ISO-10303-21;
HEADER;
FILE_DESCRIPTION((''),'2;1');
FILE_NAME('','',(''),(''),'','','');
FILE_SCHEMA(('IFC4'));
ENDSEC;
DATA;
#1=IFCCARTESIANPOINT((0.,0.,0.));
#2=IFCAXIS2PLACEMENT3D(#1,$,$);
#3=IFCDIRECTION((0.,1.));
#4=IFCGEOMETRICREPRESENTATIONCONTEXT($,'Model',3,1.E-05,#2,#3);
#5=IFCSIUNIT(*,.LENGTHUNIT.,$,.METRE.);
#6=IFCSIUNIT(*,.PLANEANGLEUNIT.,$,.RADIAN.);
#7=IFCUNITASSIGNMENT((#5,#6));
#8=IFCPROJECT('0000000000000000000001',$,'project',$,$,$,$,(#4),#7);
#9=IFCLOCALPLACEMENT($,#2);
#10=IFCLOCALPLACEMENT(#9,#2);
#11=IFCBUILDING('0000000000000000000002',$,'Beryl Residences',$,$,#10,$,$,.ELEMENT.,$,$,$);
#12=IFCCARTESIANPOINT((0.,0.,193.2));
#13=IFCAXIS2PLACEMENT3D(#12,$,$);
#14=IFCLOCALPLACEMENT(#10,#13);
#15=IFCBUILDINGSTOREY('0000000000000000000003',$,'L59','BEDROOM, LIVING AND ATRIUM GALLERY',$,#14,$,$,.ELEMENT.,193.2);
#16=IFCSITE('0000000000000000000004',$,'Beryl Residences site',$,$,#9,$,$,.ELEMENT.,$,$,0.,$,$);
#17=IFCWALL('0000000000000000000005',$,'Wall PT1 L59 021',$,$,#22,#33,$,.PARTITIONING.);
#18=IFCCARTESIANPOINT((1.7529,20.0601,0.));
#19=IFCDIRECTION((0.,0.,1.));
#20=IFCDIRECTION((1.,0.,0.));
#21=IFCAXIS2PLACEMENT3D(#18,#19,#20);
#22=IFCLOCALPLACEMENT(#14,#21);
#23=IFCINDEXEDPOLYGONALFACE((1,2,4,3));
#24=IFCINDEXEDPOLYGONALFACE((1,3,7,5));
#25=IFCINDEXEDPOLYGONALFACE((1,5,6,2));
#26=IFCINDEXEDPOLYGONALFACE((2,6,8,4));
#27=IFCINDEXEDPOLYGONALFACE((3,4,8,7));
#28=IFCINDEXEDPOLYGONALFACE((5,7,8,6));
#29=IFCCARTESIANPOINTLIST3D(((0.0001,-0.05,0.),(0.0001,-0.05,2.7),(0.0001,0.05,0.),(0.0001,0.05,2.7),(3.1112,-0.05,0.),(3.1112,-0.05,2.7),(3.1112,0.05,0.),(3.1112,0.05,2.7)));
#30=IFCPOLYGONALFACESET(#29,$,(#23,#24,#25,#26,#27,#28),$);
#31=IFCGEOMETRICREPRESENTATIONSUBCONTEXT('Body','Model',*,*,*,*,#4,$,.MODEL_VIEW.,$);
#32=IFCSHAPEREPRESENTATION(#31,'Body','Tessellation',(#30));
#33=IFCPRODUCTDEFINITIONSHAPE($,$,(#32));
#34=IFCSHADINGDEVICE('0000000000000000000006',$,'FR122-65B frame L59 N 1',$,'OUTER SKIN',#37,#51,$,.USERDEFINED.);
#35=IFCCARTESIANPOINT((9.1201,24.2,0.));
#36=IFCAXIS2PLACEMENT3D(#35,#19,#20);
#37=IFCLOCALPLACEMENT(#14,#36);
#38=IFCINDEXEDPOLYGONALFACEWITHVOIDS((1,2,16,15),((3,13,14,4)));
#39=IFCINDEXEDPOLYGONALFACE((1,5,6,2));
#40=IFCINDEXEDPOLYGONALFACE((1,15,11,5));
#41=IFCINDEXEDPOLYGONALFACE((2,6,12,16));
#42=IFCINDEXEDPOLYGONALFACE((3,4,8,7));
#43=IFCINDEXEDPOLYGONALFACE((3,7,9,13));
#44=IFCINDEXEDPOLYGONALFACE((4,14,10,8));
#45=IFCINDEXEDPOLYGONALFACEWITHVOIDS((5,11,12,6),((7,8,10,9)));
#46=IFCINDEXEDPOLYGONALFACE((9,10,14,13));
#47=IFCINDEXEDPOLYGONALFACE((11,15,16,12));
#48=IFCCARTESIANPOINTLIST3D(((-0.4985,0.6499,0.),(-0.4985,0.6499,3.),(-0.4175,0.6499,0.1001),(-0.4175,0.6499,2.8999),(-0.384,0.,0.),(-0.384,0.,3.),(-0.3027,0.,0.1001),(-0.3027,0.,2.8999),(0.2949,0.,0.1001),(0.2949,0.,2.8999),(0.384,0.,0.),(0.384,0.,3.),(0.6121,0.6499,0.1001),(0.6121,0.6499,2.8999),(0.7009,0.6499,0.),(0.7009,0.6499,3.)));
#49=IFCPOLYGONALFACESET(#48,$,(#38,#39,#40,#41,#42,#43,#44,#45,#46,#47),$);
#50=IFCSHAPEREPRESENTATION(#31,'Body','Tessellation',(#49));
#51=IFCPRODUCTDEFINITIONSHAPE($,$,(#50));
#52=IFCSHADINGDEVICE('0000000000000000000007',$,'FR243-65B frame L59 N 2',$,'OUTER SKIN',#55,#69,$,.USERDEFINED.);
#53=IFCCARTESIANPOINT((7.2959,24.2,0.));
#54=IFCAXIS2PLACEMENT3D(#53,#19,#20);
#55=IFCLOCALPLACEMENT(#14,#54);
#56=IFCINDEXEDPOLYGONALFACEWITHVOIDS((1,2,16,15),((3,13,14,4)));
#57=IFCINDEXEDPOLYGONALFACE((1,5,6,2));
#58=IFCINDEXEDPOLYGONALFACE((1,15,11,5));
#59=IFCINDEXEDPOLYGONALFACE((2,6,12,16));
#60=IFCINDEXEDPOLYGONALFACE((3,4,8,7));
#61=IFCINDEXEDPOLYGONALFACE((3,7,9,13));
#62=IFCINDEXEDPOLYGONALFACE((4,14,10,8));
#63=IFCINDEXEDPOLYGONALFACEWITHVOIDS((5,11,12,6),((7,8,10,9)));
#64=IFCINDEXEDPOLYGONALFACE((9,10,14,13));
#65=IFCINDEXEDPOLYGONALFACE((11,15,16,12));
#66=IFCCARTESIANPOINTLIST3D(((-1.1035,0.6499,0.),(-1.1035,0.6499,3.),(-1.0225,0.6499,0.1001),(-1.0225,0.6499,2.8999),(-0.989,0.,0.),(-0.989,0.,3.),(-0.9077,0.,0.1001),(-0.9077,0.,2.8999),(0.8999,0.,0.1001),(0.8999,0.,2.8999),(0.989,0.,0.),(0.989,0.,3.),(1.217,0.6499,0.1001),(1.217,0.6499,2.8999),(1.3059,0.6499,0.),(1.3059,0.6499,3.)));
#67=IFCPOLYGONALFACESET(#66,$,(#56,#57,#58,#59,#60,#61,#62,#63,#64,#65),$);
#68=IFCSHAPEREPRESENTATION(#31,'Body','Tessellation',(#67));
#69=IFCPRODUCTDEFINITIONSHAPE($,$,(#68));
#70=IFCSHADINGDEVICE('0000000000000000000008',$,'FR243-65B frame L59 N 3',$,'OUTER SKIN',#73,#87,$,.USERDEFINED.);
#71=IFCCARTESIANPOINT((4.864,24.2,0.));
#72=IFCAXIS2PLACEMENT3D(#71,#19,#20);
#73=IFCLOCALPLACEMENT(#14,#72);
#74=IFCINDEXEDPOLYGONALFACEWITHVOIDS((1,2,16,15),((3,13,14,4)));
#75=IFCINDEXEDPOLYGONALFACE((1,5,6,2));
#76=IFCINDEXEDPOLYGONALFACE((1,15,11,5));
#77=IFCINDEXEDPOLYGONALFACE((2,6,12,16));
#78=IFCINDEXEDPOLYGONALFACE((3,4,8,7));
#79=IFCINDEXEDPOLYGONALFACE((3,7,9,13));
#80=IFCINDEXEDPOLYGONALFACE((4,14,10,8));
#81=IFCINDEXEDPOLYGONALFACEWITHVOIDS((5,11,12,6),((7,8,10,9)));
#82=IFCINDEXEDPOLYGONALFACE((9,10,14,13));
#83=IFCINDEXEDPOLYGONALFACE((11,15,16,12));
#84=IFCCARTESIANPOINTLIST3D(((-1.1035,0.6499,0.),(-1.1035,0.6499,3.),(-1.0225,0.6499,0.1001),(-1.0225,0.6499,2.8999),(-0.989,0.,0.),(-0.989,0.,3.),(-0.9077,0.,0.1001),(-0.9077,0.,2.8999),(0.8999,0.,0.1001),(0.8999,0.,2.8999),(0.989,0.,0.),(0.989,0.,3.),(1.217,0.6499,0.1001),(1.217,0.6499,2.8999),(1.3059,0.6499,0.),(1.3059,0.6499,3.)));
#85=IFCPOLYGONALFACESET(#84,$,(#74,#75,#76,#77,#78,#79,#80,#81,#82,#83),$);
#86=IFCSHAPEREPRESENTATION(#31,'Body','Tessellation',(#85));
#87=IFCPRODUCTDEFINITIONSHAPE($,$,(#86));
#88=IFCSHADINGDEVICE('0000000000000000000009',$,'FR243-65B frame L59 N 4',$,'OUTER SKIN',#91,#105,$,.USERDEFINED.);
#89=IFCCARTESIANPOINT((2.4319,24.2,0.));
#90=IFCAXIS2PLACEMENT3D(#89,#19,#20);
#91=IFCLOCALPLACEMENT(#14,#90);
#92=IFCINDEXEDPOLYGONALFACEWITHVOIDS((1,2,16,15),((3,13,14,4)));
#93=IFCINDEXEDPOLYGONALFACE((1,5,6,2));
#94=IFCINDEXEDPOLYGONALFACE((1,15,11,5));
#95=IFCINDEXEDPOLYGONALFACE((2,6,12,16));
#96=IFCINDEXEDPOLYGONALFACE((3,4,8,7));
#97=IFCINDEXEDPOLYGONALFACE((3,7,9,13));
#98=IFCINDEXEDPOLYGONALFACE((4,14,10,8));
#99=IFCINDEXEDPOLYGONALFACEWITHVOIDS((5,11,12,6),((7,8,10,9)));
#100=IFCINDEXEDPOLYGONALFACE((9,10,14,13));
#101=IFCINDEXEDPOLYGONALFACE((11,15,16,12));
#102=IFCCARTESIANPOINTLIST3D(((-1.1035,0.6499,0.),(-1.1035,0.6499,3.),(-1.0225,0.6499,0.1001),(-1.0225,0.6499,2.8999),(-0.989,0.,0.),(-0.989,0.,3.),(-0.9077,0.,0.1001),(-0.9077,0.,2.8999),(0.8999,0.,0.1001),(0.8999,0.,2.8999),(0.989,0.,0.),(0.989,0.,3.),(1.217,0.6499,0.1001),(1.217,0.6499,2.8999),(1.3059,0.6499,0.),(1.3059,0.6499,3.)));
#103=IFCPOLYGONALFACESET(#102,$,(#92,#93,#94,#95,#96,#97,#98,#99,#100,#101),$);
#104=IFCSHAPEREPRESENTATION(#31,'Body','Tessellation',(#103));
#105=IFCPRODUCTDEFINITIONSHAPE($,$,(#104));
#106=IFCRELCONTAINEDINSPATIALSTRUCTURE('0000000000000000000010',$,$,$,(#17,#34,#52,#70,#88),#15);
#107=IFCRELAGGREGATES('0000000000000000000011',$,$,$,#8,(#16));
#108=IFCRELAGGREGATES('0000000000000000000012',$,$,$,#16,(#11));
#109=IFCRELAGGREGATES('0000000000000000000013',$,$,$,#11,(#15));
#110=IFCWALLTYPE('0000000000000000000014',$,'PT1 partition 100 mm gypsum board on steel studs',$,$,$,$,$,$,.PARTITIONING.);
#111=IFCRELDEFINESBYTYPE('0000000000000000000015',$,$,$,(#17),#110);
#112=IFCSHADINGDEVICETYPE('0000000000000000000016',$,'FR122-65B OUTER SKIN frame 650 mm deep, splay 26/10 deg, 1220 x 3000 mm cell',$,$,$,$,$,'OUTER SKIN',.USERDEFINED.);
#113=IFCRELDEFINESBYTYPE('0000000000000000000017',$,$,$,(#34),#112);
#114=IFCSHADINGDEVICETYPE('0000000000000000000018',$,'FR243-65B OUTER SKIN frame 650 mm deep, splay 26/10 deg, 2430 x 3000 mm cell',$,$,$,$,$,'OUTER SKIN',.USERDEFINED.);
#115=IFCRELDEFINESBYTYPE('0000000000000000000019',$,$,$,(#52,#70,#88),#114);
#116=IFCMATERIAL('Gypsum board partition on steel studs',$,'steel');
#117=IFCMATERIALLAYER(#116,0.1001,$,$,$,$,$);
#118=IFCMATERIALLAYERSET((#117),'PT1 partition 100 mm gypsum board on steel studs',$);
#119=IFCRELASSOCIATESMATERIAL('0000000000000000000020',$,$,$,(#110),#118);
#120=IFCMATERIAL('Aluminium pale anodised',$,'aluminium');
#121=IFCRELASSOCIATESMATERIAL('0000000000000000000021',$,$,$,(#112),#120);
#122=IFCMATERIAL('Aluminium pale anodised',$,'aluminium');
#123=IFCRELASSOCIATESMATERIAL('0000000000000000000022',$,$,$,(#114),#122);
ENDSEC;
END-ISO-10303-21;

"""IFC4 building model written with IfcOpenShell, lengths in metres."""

from ifc_helpers import new_model, entity, si_unit, direction, frame, frame_2d, origin, place, context, subcontext, project, spatial, rectangle, extrude, source, transform, mapped, material, layer, layer_set, type_object, type_shapes, element, save


model = new_model("IFC4")

# Units and contexts
model_context = context("Model", 3, precision=1e-05, world=origin(), true_north=direction((0.0, 1.0)))
body_context = subcontext(model_context, "Body", "Model", "MODEL_VIEW")
ifc_project = project(units=[si_unit("LENGTHUNIT", "METRE"), si_unit("PLANEANGLEUNIT", "RADIAN")], contexts=[model_context])

# Site, building, storey
site_placement = place(None, origin())
site = spatial("IfcSite", under=ifc_project, at=site_placement, Name="Beryl Residences site", CompositionType="ELEMENT", RefElevation=0.0)
building_placement = place(site_placement, origin())
building = spatial("IfcBuilding", under=site, at=building_placement, Name="Beryl Residences", CompositionType="ELEMENT")
storey_placement = place(building_placement, frame((0.0, 0.0, 193.2)))
storey = spatial("IfcBuildingStorey", under=building, at=storey_placement, Name="L59", Description="BEDROOM, LIVING AND ATRIUM GALLERY", CompositionType="ELEMENT", Elevation=193.2)

# Shared definitions
ifc_material_1 = material(Name="Gypsum board partition on steel studs", Category="steel")
ifc_layer_1 = layer(ifc_material_1, 0.1001)
ifc_layer_set_1 = layer_set([ifc_layer_1], Name="PT1 partition 100 mm gypsum board on steel studs")
wall_type_1 = type_object("IfcWallType", Name="PT1 partition 100 mm gypsum board on steel studs", PredefinedType="PARTITIONING", material=ifc_layer_set_1)

# Wall
wall_1_placement = place(storey_placement, frame((1.7529, 20.0601, 0.0), z_axis=(0.0, 0.0, 1.0), x_axis=(1.0, 0.0, 0.0)))
element("IfcWall", 1, at=wall_1_placement, inside=storey, type_object=wall_type_1, Name="Wall PT1 L59 021", PredefinedType="PARTITIONING", context=body_context, shape_type="SweptSolid", body=[
    extrude(rectangle(XDim=3.1111, YDim=0.1001, at=frame_2d((1.5557, 0.0))), origin(), (0.0, 0.0, 1.0), 2.7),
])

# Shading devices
ifc_material_2 = material(Name="Aluminium pale anodised", Category="aluminium")
shading_device_type_1 = type_object("IfcShadingDeviceType", Name="FR122-65B OUTER SKIN frame 650 mm deep, splay 26/10 deg, 1220 x 3000 mm cell", ElementType="OUTER SKIN", PredefinedType="USERDEFINED", material=ifc_material_2)
cartesian_point_1 = entity("IfcCartesianPoint", [-0.384, 0.0])
cartesian_point_2 = entity("IfcCartesianPoint", [-0.2949, 0.1001])
cartesian_point_3 = entity("IfcCartesianPoint", [-0.7009, 0.0])
cartesian_point_4 = entity("IfcCartesianPoint", [-0.6121, 0.1001])
shared_shape_1 = source(origin(), body_context, "Body", "SweptSolid", [
    entity("IfcExtrudedAreaSolidTapered", entity("IfcArbitraryProfileDefWithVoids", "AREA", None, entity("IfcPolyline", [cartesian_point_1, entity("IfcCartesianPoint", [0.384, 0.0]), entity("IfcCartesianPoint", [0.384, 3.0]), entity("IfcCartesianPoint", [-0.384, 3.0]), cartesian_point_1]), [entity("IfcPolyline", [cartesian_point_2, entity("IfcCartesianPoint", [0.3027, 0.1001]), entity("IfcCartesianPoint", [0.3027, 2.8999]), entity("IfcCartesianPoint", [-0.2949, 2.8999]), cartesian_point_2])]), entity("IfcAxis2Placement3D", entity("IfcCartesianPoint", [0.0, 0.0, 0.0]), entity("IfcDirection", [0.0, 1.0, 0.0]), entity("IfcDirection", [-1.0, 0.0, 0.0])), entity("IfcDirection", [0.0, 0.0, 1.0]), 0.6499, entity("IfcArbitraryProfileDefWithVoids", "AREA", None, entity("IfcPolyline", [cartesian_point_3, entity("IfcCartesianPoint", [0.4985, 0.0]), entity("IfcCartesianPoint", [0.4985, 3.0]), entity("IfcCartesianPoint", [-0.7009, 3.0]), cartesian_point_3]), [entity("IfcPolyline", [cartesian_point_4, entity("IfcCartesianPoint", [0.4175, 0.1001]), entity("IfcCartesianPoint", [0.4175, 2.8999]), entity("IfcCartesianPoint", [-0.6121, 2.8999]), cartesian_point_4])])),
])
type_shapes(shading_device_type_1, [shared_shape_1])
shading_device_placement = place(storey_placement, frame((9.1201, 24.2, 0.0), z_axis=(0.0, 0.0, 1.0), x_axis=(1.0, 0.0, 0.0)))
element("IfcShadingDevice", 2, at=shading_device_placement, inside=storey, type_object=shading_device_type_1, Name="FR122-65B frame L59 N 1", ObjectType="OUTER SKIN", PredefinedType="USERDEFINED", context=body_context, shape_type="MappedRepresentation", body=[
    mapped(shared_shape_1, transform((0.0, 0.0, 0.0))),
])
ifc_material_3 = material(Name="Aluminium pale anodised", Category="aluminium")
shading_device_type_2 = type_object("IfcShadingDeviceType", Name="FR243-65B OUTER SKIN frame 650 mm deep, splay 26/10 deg, 2430 x 3000 mm cell", ElementType="OUTER SKIN", PredefinedType="USERDEFINED", material=ifc_material_3)
cartesian_point_5 = entity("IfcCartesianPoint", [-0.989, 0.0])
cartesian_point_6 = entity("IfcCartesianPoint", [-0.8999, 0.1001])
cartesian_point_7 = entity("IfcCartesianPoint", [-1.3059, 0.0])
cartesian_point_8 = entity("IfcCartesianPoint", [-1.217, 0.1001])
shared_shape_2 = source(origin(), body_context, "Body", "SweptSolid", [
    entity("IfcExtrudedAreaSolidTapered", entity("IfcArbitraryProfileDefWithVoids", "AREA", None, entity("IfcPolyline", [cartesian_point_5, entity("IfcCartesianPoint", [0.989, 0.0]), entity("IfcCartesianPoint", [0.989, 3.0]), entity("IfcCartesianPoint", [-0.989, 3.0]), cartesian_point_5]), [entity("IfcPolyline", [cartesian_point_6, entity("IfcCartesianPoint", [0.9077, 0.1001]), entity("IfcCartesianPoint", [0.9077, 2.8999]), entity("IfcCartesianPoint", [-0.8999, 2.8999]), cartesian_point_6])]), entity("IfcAxis2Placement3D", entity("IfcCartesianPoint", [0.0, 0.0, 0.0]), entity("IfcDirection", [0.0, 1.0, 0.0]), entity("IfcDirection", [-1.0, 0.0, 0.0])), entity("IfcDirection", [0.0, 0.0, 1.0]), 0.6499, entity("IfcArbitraryProfileDefWithVoids", "AREA", None, entity("IfcPolyline", [cartesian_point_7, entity("IfcCartesianPoint", [1.1035, 0.0]), entity("IfcCartesianPoint", [1.1035, 3.0]), entity("IfcCartesianPoint", [-1.3059, 3.0]), cartesian_point_7]), [entity("IfcPolyline", [cartesian_point_8, entity("IfcCartesianPoint", [1.0225, 0.1001]), entity("IfcCartesianPoint", [1.0225, 2.8999]), entity("IfcCartesianPoint", [-1.217, 2.8999]), cartesian_point_8])])),
])
type_shapes(shading_device_type_2, [shared_shape_2])
for number, where, z_axis, x_axis, name in (
    (3, (7.2959, 24.2, 0.0), (0.0, 0.0, 1.0), (1.0, 0.0, 0.0), "FR243-65B frame L59 N 2"),
    (4, (4.864, 24.2, 0.0), (0.0, 0.0, 1.0), (1.0, 0.0, 0.0), "FR243-65B frame L59 N 3"),
    (5, (2.4319, 24.2, 0.0), (0.0, 0.0, 1.0), (1.0, 0.0, 0.0), "FR243-65B frame L59 N 4"),
):
    element("IfcShadingDevice", number, at=place(storey_placement, frame(where, z_axis=z_axis, x_axis=x_axis)), inside=storey, type_object=shading_device_type_2, Name=name, ObjectType="OUTER SKIN", PredefinedType="USERDEFINED", context=body_context, shape_type="MappedRepresentation", body=[
        mapped(shared_shape_2, transform((0.0, 0.0, 0.0))),
    ])

save(model, "model.ifc")
